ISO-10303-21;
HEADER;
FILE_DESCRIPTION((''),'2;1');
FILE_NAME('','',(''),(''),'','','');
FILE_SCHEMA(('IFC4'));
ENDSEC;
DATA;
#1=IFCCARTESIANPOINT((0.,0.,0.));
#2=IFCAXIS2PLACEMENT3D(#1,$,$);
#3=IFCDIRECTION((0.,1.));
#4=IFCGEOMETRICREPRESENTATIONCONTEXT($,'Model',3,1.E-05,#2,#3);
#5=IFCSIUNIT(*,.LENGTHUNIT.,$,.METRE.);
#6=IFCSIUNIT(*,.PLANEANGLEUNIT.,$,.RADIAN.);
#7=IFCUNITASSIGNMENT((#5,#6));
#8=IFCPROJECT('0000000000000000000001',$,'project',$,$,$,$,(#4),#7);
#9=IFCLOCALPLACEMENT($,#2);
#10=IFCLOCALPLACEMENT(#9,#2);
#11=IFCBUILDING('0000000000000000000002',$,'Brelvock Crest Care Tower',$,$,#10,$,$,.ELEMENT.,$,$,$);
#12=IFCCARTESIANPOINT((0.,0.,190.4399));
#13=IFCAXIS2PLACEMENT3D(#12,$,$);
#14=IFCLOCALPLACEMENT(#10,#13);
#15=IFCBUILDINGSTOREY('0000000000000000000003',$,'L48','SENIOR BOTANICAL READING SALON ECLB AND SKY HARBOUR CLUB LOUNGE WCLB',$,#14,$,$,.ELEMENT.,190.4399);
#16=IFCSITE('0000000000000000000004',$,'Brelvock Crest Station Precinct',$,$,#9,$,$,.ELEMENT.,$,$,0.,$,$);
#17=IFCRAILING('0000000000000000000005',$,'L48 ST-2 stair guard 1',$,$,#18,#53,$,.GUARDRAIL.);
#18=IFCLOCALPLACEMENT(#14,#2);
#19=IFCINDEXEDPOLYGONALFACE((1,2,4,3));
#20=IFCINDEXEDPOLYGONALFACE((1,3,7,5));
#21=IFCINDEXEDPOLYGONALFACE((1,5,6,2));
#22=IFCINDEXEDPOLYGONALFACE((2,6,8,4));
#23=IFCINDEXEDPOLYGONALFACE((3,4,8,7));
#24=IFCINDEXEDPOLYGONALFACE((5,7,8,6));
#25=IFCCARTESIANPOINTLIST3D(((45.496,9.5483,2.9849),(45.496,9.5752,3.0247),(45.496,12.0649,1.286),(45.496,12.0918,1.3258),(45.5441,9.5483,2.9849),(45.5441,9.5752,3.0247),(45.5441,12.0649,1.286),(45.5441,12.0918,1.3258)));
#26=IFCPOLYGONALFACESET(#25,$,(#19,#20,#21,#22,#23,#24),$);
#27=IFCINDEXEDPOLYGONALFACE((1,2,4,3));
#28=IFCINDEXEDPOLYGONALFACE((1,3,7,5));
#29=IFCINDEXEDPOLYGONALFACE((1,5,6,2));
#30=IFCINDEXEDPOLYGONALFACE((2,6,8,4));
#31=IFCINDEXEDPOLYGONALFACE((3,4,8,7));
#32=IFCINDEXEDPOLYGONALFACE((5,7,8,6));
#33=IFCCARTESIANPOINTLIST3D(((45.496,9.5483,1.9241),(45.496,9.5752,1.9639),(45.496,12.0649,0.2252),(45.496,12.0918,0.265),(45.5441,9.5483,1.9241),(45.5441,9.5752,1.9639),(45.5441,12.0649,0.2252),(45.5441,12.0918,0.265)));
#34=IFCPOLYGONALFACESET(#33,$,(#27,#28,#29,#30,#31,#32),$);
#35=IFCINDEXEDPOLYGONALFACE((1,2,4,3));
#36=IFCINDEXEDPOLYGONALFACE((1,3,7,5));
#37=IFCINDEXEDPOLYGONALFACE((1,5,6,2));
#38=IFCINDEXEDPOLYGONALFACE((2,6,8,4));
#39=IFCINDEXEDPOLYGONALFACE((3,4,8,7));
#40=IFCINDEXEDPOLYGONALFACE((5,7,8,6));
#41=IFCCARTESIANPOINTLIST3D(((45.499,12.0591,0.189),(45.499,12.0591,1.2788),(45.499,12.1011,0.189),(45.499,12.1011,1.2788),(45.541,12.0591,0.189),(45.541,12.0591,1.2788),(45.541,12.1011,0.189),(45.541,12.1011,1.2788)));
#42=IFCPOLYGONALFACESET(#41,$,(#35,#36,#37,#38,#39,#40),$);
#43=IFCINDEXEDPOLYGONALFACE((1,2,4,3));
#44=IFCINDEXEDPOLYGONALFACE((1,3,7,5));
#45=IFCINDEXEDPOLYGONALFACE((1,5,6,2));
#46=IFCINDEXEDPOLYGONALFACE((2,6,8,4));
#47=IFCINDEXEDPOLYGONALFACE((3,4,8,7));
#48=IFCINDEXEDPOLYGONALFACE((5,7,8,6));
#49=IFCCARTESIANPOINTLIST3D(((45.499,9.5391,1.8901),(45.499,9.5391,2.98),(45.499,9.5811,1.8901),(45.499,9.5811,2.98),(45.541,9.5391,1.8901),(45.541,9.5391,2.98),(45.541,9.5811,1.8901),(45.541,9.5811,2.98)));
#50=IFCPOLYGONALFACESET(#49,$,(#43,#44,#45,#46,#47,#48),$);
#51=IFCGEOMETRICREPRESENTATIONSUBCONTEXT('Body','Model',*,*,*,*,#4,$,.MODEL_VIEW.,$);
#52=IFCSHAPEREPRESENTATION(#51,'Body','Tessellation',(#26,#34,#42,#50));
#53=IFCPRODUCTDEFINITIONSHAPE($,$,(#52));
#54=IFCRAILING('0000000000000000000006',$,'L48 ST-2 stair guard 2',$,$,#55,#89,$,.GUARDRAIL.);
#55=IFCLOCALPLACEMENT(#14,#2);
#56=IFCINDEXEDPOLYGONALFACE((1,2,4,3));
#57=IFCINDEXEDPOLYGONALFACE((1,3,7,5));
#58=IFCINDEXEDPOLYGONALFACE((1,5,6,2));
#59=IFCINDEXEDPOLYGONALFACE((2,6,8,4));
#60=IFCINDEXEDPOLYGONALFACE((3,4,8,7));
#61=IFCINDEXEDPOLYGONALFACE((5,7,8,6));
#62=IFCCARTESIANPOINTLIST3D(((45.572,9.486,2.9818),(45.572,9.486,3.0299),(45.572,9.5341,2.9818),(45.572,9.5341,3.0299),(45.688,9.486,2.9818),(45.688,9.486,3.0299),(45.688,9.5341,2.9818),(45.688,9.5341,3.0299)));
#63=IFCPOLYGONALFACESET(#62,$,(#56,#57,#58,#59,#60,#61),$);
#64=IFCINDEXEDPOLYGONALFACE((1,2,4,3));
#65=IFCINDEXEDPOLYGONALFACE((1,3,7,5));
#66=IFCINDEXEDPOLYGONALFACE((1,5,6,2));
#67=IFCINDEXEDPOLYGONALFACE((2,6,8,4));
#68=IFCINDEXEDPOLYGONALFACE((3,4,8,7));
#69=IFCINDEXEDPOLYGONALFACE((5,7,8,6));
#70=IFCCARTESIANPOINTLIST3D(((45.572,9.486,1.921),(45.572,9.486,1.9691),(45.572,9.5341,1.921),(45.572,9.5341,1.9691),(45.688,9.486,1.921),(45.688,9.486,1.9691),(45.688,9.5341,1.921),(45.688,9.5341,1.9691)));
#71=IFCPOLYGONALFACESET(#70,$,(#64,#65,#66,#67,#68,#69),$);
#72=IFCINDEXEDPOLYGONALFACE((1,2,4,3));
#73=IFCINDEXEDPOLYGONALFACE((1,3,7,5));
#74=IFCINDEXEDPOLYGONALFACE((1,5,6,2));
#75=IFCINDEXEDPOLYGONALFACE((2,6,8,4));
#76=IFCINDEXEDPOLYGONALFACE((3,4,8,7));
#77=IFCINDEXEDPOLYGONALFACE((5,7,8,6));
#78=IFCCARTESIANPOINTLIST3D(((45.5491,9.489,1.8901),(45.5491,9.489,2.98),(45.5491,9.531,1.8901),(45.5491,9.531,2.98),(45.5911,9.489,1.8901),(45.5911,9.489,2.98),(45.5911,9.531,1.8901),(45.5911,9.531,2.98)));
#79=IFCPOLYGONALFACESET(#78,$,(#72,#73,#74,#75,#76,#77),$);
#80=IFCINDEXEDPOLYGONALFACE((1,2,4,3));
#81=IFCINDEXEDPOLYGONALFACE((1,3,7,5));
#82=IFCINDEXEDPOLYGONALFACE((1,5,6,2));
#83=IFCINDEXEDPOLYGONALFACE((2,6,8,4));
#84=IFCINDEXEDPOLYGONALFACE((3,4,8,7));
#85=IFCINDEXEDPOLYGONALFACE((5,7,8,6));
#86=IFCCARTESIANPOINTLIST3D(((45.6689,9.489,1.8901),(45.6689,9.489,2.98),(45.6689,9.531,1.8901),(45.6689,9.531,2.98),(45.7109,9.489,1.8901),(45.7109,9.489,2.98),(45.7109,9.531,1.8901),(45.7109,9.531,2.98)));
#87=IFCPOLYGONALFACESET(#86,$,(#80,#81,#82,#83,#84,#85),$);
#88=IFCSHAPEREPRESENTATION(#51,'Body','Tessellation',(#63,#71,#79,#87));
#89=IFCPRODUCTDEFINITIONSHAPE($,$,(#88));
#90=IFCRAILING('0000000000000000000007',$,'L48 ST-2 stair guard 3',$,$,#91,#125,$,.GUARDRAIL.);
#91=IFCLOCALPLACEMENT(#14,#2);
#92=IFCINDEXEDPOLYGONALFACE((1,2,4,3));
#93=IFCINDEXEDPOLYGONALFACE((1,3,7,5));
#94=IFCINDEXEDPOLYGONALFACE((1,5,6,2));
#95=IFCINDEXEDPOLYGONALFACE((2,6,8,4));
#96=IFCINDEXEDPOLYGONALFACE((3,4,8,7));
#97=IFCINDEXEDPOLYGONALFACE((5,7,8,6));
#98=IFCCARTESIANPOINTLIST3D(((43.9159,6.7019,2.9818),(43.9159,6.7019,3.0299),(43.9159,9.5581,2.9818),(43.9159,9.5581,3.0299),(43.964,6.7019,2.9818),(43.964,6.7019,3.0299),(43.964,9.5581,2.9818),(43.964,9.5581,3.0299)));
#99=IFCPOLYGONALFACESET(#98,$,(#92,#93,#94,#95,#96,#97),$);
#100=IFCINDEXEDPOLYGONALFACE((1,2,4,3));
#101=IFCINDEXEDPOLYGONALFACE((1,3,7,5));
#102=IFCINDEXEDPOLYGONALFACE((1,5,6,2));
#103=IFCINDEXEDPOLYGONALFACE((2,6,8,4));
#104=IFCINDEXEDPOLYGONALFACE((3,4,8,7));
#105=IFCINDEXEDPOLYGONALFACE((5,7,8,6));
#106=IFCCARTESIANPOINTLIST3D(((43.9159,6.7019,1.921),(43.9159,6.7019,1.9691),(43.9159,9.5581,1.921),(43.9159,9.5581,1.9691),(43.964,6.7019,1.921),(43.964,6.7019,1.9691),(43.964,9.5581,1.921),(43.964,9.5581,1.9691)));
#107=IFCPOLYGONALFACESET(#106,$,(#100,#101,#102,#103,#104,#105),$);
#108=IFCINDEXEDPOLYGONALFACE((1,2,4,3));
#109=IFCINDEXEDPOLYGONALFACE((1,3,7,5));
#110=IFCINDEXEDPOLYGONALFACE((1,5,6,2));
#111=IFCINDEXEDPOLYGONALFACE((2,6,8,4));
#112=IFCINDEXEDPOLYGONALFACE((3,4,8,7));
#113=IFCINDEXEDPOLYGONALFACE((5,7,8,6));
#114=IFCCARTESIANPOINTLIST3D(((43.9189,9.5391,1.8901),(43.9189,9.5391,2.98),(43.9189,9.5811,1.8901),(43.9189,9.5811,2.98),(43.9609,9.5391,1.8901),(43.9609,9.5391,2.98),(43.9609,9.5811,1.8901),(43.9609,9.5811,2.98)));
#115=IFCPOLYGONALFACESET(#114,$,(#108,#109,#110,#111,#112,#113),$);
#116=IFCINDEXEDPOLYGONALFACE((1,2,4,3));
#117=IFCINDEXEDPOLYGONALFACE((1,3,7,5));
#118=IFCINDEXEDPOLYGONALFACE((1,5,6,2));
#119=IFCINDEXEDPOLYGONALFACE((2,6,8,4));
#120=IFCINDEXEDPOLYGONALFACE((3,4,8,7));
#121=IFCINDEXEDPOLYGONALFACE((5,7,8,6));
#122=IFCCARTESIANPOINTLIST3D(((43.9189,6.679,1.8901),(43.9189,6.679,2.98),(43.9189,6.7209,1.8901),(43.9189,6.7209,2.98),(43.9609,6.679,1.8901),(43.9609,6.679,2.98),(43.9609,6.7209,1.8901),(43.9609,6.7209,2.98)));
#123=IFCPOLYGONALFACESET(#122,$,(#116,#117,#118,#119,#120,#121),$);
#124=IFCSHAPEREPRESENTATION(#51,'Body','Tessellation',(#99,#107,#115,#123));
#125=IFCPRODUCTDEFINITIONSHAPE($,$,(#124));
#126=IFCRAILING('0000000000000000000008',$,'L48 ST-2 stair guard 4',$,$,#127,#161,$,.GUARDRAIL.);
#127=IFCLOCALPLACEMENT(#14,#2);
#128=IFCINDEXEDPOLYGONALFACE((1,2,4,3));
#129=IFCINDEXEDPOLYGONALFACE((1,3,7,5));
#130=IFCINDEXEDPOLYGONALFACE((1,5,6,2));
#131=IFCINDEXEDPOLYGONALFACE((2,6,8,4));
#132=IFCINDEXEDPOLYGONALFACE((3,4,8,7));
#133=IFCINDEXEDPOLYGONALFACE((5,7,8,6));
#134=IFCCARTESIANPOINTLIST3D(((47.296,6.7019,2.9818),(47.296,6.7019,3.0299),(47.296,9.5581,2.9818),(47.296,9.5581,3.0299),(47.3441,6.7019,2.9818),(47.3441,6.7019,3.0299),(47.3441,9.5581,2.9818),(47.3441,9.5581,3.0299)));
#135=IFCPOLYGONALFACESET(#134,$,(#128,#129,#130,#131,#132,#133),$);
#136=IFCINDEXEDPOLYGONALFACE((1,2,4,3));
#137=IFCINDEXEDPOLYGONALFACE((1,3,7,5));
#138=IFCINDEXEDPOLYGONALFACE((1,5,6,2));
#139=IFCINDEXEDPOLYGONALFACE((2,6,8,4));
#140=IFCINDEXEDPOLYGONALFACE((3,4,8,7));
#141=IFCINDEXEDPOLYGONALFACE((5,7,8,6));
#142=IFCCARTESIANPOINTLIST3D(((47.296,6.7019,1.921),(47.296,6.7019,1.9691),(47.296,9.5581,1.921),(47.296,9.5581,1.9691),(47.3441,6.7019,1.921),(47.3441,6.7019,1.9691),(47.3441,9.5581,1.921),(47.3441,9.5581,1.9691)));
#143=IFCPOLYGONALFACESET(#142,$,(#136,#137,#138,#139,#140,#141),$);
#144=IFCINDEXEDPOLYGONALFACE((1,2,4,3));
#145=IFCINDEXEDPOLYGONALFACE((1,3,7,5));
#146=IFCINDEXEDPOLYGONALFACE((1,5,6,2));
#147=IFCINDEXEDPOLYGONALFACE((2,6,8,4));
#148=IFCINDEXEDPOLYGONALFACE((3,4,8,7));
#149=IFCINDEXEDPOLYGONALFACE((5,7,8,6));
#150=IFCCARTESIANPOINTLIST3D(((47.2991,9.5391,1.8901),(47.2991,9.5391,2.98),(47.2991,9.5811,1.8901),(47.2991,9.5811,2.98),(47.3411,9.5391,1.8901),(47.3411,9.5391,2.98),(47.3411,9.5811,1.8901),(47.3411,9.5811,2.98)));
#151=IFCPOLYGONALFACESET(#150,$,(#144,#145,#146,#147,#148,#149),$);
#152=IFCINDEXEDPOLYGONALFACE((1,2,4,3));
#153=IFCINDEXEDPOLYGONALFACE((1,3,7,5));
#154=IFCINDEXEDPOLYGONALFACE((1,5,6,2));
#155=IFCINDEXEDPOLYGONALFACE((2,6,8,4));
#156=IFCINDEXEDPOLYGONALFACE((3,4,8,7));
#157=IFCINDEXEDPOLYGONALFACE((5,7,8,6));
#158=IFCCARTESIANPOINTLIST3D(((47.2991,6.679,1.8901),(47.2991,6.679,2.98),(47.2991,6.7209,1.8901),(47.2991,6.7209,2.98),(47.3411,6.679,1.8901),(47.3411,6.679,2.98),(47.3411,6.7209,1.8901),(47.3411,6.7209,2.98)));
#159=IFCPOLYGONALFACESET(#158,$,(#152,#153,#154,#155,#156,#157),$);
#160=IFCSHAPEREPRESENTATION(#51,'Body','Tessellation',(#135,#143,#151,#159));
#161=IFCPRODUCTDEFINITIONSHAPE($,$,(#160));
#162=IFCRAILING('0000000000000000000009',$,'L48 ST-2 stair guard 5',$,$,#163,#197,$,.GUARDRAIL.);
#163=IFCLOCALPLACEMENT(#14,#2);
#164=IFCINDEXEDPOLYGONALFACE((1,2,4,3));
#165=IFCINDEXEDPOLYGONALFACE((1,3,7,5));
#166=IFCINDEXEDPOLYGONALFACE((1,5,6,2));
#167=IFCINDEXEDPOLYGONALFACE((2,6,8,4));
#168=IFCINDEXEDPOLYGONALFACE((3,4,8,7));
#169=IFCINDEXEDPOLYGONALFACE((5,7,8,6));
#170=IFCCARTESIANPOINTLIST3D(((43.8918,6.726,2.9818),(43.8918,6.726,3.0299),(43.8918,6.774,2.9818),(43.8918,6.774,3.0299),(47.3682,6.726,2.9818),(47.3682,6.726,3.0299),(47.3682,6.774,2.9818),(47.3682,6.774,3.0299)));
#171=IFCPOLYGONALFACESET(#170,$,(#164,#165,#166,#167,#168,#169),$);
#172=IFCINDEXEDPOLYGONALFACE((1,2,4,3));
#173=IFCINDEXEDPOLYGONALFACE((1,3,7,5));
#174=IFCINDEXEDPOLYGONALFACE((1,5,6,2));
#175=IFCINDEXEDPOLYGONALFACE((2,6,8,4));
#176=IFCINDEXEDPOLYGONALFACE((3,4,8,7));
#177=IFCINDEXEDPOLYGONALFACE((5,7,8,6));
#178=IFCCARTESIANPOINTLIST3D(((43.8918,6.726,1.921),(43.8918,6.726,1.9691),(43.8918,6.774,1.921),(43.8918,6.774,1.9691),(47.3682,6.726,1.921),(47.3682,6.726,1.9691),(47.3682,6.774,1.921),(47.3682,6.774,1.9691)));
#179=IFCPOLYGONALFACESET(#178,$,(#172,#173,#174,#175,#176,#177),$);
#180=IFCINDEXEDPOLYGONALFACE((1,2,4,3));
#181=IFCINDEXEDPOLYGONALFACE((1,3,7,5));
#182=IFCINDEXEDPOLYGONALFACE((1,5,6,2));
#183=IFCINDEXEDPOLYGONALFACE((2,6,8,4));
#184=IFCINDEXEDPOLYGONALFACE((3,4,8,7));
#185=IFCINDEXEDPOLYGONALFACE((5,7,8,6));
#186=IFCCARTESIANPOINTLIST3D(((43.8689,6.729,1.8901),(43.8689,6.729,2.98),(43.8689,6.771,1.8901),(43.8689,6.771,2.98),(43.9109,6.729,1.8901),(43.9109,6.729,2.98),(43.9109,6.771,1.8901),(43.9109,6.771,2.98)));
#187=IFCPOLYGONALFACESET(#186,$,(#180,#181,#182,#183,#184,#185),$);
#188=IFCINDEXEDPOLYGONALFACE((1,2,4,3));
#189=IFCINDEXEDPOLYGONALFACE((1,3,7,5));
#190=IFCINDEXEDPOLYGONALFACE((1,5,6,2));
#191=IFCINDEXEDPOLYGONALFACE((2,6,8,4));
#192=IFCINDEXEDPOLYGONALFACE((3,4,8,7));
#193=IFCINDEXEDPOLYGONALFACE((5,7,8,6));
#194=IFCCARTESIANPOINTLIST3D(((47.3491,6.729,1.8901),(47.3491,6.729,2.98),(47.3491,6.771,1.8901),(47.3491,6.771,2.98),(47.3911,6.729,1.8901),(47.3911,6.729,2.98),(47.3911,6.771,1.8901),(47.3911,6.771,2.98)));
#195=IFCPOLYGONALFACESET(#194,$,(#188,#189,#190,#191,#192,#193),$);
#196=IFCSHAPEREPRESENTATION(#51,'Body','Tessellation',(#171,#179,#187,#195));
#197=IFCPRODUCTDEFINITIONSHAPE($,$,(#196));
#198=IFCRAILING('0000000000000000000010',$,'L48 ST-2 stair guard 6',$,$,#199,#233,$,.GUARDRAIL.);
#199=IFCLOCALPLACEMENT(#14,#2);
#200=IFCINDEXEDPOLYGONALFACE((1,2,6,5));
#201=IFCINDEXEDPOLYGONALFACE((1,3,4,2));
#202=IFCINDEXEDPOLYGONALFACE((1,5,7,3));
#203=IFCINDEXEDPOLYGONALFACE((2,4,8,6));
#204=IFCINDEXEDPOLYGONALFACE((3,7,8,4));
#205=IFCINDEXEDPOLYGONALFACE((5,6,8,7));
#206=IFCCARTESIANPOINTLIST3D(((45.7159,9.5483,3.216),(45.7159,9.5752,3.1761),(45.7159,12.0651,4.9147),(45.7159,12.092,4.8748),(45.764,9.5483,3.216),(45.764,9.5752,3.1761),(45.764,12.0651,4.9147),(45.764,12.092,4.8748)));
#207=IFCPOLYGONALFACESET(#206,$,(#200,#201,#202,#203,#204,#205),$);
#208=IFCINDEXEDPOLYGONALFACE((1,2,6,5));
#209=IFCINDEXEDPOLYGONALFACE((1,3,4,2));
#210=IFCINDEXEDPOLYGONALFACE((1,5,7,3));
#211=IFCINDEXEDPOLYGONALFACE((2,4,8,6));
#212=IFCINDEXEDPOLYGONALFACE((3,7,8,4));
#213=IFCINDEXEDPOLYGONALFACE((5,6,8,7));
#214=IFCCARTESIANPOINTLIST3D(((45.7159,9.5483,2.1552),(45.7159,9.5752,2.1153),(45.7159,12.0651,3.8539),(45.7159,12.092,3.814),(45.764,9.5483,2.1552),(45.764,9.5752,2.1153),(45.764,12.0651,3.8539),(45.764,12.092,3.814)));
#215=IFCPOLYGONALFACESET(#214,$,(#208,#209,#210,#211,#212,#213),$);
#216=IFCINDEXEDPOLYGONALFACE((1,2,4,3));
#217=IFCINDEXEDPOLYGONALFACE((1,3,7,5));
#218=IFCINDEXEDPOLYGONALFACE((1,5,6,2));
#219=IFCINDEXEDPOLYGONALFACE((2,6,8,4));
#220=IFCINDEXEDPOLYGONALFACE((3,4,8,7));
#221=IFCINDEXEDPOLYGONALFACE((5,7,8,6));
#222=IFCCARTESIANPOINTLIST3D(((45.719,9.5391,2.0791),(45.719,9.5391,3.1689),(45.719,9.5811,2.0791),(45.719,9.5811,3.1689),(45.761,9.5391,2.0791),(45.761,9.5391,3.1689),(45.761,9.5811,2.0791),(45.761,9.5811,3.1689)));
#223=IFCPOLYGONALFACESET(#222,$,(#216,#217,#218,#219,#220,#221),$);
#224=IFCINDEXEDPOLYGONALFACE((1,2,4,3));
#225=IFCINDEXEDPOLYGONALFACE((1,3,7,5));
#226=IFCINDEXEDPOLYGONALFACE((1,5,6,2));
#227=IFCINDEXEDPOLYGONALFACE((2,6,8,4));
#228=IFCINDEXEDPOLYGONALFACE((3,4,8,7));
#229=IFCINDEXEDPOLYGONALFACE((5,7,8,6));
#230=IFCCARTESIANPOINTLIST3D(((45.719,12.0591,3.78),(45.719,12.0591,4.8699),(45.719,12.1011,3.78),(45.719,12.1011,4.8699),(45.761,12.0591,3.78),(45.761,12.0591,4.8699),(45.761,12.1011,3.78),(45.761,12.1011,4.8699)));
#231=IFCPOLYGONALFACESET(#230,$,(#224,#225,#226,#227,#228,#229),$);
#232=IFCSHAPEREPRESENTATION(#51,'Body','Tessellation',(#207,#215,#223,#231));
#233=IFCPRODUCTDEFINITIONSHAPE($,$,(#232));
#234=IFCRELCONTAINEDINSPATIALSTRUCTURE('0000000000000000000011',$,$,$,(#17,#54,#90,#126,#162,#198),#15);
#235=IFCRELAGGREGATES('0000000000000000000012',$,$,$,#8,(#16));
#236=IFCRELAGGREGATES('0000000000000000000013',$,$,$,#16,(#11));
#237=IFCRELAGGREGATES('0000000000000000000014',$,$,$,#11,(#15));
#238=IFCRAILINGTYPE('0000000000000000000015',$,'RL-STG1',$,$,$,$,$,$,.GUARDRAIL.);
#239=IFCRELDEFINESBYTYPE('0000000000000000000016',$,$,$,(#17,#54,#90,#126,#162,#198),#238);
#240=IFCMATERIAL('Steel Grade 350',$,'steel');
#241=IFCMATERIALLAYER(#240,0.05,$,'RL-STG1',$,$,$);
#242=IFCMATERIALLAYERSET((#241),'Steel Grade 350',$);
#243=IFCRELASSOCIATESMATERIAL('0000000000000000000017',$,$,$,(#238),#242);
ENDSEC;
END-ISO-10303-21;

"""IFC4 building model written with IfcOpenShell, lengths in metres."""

from ifc_helpers import new_model, si_unit, direction, frame, origin, origin_2d, place, context, subcontext, project, spatial, rectangle, extrude, material, layer, layer_set, type_object, element, save


model = new_model("IFC4")

# Units and contexts
model_context = context("Model", 3, precision=1e-05, world=origin(), true_north=direction((0.0, 1.0)))
body_context = subcontext(model_context, "Body", "Model", "MODEL_VIEW")
ifc_project = project(units=[si_unit("LENGTHUNIT", "METRE"), si_unit("PLANEANGLEUNIT", "RADIAN")], contexts=[model_context])

# Site, building, storey
site_placement = place(None, origin())
site = spatial("IfcSite", under=ifc_project, at=site_placement, Name="Brelvock Crest Station Precinct", CompositionType="ELEMENT", RefElevation=0.0)
building_placement = place(site_placement, origin())
building = spatial("IfcBuilding", under=site, at=building_placement, Name="Brelvock Crest Care Tower", CompositionType="ELEMENT")
storey_placement = place(building_placement, frame((0.0, 0.0, 190.4399)))
storey = spatial("IfcBuildingStorey", under=building, at=storey_placement, Name="L48", Description="SENIOR BOTANICAL READING SALON ECLB AND SKY HARBOUR CLUB LOUNGE WCLB", CompositionType="ELEMENT", Elevation=190.4399)

# Shared definitions
ifc_material_1 = material(Name="Steel Grade 350", Category="steel")

# Railings
ifc_layer_1 = layer(ifc_material_1, 0.05, Name="RL-STG1")
ifc_layer_set_1 = layer_set([ifc_layer_1], Name="Steel Grade 350")
railing_type_1 = type_object("IfcRailingType", Name="RL-STG1", PredefinedType="GUARDRAIL", material=ifc_layer_set_1)
railing_1_placement = place(storey_placement, frame((45.52, 12.0801, 0.189)))
element("IfcRailing", 1, at=railing_1_placement, inside=storey, type_object=railing_type_1, Name="L48 ST-2 stair guard 1", PredefinedType="GUARDRAIL", context=body_context, shape_type="SweptSolid", body=[
    extrude(rectangle(XDim=0.0481, YDim=0.0481, at=origin_2d()), frame((0.0, -0.0017, 1.1169), z_axis=(0.0, -0.828824, 0.559509), x_axis=(1.0, 0.0, 0.0)), (0.0, 0.0, 1.0), 3.0364),
    extrude(rectangle(XDim=0.0481, YDim=0.0481, at=origin_2d()), frame((0.0, -0.0017, 0.0562), z_axis=(0.0, -0.828824, 0.559509), x_axis=(1.0, 0.0, 0.0)), (0.0, 0.0, 1.0), 3.0364),
    extrude(rectangle(XDim=0.042, YDim=0.042, at=origin_2d()), origin(), (0.0, 0.0, 1.0), 1.0898),
    extrude(rectangle(XDim=0.042, YDim=0.042, at=origin_2d()), frame((0.0, -2.52, 1.7012)), (0.0, 0.0, 1.0), 1.0898),
])
railing_2_placement = place(storey_placement, frame((45.5701, 9.51, 1.8901)))
element("IfcRailing", 2, at=railing_2_placement, inside=storey, type_object=railing_type_1, Name="L48 ST-2 stair guard 2", PredefinedType="GUARDRAIL", context=body_context, shape_type="SweptSolid", body=[
    extrude(rectangle(XDim=0.0481, YDim=0.0481, at=origin_2d()), frame((0.002, 0.0, 1.1157), z_axis=(1.0, 0.0, 0.0), x_axis=(0.0, 1.0, 0.0)), (0.0, 0.0, 1.0), 0.116),
    extrude(rectangle(XDim=0.0481, YDim=0.0481, at=origin_2d()), frame((0.002, 0.0, 0.0549), z_axis=(1.0, 0.0, 0.0), x_axis=(0.0, 1.0, 0.0)), (0.0, 0.0, 1.0), 0.116),
    extrude(rectangle(XDim=0.042, YDim=0.042, at=origin_2d()), origin(), (0.0, 0.0, 1.0), 1.0898),
    extrude(rectangle(XDim=0.042, YDim=0.042, at=origin_2d()), frame((0.1199, 0.0, 0.0)), (0.0, 0.0, 1.0), 1.0898),
])
for number, where, name in (
    (3, (43.9399, 9.5601, 1.8901), "L48 ST-2 stair guard 3"),
    (4, (47.3201, 9.5601, 1.8901), "L48 ST-2 stair guard 4"),
):
    element("IfcRailing", number, at=place(storey_placement, frame(where)), inside=storey, type_object=railing_type_1, Name=name, PredefinedType="GUARDRAIL", context=body_context, shape_type="SweptSolid", body=[
        extrude(rectangle(XDim=0.0481, YDim=0.0481, at=origin_2d()), frame((0.0, -0.002, 1.1157), z_axis=(0.0, -1.0, 0.0), x_axis=(1.0, 0.0, 0.0)), (0.0, 0.0, 1.0), 2.8562),
        extrude(rectangle(XDim=0.0481, YDim=0.0481, at=origin_2d()), frame((0.0, -0.002, 0.0549), z_axis=(0.0, -1.0, 0.0), x_axis=(1.0, 0.0, 0.0)), (0.0, 0.0, 1.0), 2.8562),
        extrude(rectangle(XDim=0.042, YDim=0.042, at=origin_2d()), origin(), (0.0, 0.0, 1.0), 1.0898),
        extrude(rectangle(XDim=0.042, YDim=0.042, at=origin_2d()), frame((0.0, -2.8601, 0.0)), (0.0, 0.0, 1.0), 1.0898),
    ])
railing_3_placement = place(storey_placement, frame((43.8899, 6.75, 1.8901)))
element("IfcRailing", 5, at=railing_3_placement, inside=storey, type_object=railing_type_1, Name="L48 ST-2 stair guard 5", PredefinedType="GUARDRAIL", context=body_context, shape_type="SweptSolid", body=[
    extrude(rectangle(XDim=0.0481, YDim=0.0481, at=origin_2d()), frame((0.002, 0.0, 1.1157), z_axis=(1.0, 0.0, 0.0), x_axis=(0.0, 1.0, 0.0)), (0.0, 0.0, 1.0), 3.4763),
    extrude(rectangle(XDim=0.0481, YDim=0.0481, at=origin_2d()), frame((0.002, 0.0, 0.0549), z_axis=(1.0, 0.0, 0.0), x_axis=(0.0, 1.0, 0.0)), (0.0, 0.0, 1.0), 3.4763),
    extrude(rectangle(XDim=0.042, YDim=0.042, at=origin_2d()), origin(), (0.0, 0.0, 1.0), 1.0898),
    extrude(rectangle(XDim=0.042, YDim=0.042, at=origin_2d()), frame((3.4802, 0.0, 0.0)), (0.0, 0.0, 1.0), 1.0898),
])
railing_4_placement = place(storey_placement, frame((45.74, 9.5601, 2.0791)))
element("IfcRailing", 6, at=railing_4_placement, inside=storey, type_object=railing_type_1, Name="L48 ST-2 stair guard 6", PredefinedType="GUARDRAIL", context=body_context, shape_type="SweptSolid", body=[
    extrude(rectangle(XDim=0.0481, YDim=0.0481, at=origin_2d()), frame((0.0, 0.0017, 1.1169), z_axis=(0.0, 0.828862, 0.559454), x_axis=(-1.0, 0.0, 0.0)), (0.0, 0.0, 1.0), 3.0364),
    extrude(rectangle(XDim=0.0481, YDim=0.0481, at=origin_2d()), frame((0.0, 0.0017, 0.0562), z_axis=(0.0, 0.828862, 0.559454), x_axis=(-1.0, 0.0, 0.0)), (0.0, 0.0, 1.0), 3.0364),
    extrude(rectangle(XDim=0.042, YDim=0.042, at=origin_2d()), origin(), (0.0, 0.0, 1.0), 1.0898),
    extrude(rectangle(XDim=0.042, YDim=0.042, at=origin_2d()), frame((0.0, 2.52, 1.7009)), (0.0, 0.0, 1.0), 1.0898),
])

save(model, "model.ifc")
